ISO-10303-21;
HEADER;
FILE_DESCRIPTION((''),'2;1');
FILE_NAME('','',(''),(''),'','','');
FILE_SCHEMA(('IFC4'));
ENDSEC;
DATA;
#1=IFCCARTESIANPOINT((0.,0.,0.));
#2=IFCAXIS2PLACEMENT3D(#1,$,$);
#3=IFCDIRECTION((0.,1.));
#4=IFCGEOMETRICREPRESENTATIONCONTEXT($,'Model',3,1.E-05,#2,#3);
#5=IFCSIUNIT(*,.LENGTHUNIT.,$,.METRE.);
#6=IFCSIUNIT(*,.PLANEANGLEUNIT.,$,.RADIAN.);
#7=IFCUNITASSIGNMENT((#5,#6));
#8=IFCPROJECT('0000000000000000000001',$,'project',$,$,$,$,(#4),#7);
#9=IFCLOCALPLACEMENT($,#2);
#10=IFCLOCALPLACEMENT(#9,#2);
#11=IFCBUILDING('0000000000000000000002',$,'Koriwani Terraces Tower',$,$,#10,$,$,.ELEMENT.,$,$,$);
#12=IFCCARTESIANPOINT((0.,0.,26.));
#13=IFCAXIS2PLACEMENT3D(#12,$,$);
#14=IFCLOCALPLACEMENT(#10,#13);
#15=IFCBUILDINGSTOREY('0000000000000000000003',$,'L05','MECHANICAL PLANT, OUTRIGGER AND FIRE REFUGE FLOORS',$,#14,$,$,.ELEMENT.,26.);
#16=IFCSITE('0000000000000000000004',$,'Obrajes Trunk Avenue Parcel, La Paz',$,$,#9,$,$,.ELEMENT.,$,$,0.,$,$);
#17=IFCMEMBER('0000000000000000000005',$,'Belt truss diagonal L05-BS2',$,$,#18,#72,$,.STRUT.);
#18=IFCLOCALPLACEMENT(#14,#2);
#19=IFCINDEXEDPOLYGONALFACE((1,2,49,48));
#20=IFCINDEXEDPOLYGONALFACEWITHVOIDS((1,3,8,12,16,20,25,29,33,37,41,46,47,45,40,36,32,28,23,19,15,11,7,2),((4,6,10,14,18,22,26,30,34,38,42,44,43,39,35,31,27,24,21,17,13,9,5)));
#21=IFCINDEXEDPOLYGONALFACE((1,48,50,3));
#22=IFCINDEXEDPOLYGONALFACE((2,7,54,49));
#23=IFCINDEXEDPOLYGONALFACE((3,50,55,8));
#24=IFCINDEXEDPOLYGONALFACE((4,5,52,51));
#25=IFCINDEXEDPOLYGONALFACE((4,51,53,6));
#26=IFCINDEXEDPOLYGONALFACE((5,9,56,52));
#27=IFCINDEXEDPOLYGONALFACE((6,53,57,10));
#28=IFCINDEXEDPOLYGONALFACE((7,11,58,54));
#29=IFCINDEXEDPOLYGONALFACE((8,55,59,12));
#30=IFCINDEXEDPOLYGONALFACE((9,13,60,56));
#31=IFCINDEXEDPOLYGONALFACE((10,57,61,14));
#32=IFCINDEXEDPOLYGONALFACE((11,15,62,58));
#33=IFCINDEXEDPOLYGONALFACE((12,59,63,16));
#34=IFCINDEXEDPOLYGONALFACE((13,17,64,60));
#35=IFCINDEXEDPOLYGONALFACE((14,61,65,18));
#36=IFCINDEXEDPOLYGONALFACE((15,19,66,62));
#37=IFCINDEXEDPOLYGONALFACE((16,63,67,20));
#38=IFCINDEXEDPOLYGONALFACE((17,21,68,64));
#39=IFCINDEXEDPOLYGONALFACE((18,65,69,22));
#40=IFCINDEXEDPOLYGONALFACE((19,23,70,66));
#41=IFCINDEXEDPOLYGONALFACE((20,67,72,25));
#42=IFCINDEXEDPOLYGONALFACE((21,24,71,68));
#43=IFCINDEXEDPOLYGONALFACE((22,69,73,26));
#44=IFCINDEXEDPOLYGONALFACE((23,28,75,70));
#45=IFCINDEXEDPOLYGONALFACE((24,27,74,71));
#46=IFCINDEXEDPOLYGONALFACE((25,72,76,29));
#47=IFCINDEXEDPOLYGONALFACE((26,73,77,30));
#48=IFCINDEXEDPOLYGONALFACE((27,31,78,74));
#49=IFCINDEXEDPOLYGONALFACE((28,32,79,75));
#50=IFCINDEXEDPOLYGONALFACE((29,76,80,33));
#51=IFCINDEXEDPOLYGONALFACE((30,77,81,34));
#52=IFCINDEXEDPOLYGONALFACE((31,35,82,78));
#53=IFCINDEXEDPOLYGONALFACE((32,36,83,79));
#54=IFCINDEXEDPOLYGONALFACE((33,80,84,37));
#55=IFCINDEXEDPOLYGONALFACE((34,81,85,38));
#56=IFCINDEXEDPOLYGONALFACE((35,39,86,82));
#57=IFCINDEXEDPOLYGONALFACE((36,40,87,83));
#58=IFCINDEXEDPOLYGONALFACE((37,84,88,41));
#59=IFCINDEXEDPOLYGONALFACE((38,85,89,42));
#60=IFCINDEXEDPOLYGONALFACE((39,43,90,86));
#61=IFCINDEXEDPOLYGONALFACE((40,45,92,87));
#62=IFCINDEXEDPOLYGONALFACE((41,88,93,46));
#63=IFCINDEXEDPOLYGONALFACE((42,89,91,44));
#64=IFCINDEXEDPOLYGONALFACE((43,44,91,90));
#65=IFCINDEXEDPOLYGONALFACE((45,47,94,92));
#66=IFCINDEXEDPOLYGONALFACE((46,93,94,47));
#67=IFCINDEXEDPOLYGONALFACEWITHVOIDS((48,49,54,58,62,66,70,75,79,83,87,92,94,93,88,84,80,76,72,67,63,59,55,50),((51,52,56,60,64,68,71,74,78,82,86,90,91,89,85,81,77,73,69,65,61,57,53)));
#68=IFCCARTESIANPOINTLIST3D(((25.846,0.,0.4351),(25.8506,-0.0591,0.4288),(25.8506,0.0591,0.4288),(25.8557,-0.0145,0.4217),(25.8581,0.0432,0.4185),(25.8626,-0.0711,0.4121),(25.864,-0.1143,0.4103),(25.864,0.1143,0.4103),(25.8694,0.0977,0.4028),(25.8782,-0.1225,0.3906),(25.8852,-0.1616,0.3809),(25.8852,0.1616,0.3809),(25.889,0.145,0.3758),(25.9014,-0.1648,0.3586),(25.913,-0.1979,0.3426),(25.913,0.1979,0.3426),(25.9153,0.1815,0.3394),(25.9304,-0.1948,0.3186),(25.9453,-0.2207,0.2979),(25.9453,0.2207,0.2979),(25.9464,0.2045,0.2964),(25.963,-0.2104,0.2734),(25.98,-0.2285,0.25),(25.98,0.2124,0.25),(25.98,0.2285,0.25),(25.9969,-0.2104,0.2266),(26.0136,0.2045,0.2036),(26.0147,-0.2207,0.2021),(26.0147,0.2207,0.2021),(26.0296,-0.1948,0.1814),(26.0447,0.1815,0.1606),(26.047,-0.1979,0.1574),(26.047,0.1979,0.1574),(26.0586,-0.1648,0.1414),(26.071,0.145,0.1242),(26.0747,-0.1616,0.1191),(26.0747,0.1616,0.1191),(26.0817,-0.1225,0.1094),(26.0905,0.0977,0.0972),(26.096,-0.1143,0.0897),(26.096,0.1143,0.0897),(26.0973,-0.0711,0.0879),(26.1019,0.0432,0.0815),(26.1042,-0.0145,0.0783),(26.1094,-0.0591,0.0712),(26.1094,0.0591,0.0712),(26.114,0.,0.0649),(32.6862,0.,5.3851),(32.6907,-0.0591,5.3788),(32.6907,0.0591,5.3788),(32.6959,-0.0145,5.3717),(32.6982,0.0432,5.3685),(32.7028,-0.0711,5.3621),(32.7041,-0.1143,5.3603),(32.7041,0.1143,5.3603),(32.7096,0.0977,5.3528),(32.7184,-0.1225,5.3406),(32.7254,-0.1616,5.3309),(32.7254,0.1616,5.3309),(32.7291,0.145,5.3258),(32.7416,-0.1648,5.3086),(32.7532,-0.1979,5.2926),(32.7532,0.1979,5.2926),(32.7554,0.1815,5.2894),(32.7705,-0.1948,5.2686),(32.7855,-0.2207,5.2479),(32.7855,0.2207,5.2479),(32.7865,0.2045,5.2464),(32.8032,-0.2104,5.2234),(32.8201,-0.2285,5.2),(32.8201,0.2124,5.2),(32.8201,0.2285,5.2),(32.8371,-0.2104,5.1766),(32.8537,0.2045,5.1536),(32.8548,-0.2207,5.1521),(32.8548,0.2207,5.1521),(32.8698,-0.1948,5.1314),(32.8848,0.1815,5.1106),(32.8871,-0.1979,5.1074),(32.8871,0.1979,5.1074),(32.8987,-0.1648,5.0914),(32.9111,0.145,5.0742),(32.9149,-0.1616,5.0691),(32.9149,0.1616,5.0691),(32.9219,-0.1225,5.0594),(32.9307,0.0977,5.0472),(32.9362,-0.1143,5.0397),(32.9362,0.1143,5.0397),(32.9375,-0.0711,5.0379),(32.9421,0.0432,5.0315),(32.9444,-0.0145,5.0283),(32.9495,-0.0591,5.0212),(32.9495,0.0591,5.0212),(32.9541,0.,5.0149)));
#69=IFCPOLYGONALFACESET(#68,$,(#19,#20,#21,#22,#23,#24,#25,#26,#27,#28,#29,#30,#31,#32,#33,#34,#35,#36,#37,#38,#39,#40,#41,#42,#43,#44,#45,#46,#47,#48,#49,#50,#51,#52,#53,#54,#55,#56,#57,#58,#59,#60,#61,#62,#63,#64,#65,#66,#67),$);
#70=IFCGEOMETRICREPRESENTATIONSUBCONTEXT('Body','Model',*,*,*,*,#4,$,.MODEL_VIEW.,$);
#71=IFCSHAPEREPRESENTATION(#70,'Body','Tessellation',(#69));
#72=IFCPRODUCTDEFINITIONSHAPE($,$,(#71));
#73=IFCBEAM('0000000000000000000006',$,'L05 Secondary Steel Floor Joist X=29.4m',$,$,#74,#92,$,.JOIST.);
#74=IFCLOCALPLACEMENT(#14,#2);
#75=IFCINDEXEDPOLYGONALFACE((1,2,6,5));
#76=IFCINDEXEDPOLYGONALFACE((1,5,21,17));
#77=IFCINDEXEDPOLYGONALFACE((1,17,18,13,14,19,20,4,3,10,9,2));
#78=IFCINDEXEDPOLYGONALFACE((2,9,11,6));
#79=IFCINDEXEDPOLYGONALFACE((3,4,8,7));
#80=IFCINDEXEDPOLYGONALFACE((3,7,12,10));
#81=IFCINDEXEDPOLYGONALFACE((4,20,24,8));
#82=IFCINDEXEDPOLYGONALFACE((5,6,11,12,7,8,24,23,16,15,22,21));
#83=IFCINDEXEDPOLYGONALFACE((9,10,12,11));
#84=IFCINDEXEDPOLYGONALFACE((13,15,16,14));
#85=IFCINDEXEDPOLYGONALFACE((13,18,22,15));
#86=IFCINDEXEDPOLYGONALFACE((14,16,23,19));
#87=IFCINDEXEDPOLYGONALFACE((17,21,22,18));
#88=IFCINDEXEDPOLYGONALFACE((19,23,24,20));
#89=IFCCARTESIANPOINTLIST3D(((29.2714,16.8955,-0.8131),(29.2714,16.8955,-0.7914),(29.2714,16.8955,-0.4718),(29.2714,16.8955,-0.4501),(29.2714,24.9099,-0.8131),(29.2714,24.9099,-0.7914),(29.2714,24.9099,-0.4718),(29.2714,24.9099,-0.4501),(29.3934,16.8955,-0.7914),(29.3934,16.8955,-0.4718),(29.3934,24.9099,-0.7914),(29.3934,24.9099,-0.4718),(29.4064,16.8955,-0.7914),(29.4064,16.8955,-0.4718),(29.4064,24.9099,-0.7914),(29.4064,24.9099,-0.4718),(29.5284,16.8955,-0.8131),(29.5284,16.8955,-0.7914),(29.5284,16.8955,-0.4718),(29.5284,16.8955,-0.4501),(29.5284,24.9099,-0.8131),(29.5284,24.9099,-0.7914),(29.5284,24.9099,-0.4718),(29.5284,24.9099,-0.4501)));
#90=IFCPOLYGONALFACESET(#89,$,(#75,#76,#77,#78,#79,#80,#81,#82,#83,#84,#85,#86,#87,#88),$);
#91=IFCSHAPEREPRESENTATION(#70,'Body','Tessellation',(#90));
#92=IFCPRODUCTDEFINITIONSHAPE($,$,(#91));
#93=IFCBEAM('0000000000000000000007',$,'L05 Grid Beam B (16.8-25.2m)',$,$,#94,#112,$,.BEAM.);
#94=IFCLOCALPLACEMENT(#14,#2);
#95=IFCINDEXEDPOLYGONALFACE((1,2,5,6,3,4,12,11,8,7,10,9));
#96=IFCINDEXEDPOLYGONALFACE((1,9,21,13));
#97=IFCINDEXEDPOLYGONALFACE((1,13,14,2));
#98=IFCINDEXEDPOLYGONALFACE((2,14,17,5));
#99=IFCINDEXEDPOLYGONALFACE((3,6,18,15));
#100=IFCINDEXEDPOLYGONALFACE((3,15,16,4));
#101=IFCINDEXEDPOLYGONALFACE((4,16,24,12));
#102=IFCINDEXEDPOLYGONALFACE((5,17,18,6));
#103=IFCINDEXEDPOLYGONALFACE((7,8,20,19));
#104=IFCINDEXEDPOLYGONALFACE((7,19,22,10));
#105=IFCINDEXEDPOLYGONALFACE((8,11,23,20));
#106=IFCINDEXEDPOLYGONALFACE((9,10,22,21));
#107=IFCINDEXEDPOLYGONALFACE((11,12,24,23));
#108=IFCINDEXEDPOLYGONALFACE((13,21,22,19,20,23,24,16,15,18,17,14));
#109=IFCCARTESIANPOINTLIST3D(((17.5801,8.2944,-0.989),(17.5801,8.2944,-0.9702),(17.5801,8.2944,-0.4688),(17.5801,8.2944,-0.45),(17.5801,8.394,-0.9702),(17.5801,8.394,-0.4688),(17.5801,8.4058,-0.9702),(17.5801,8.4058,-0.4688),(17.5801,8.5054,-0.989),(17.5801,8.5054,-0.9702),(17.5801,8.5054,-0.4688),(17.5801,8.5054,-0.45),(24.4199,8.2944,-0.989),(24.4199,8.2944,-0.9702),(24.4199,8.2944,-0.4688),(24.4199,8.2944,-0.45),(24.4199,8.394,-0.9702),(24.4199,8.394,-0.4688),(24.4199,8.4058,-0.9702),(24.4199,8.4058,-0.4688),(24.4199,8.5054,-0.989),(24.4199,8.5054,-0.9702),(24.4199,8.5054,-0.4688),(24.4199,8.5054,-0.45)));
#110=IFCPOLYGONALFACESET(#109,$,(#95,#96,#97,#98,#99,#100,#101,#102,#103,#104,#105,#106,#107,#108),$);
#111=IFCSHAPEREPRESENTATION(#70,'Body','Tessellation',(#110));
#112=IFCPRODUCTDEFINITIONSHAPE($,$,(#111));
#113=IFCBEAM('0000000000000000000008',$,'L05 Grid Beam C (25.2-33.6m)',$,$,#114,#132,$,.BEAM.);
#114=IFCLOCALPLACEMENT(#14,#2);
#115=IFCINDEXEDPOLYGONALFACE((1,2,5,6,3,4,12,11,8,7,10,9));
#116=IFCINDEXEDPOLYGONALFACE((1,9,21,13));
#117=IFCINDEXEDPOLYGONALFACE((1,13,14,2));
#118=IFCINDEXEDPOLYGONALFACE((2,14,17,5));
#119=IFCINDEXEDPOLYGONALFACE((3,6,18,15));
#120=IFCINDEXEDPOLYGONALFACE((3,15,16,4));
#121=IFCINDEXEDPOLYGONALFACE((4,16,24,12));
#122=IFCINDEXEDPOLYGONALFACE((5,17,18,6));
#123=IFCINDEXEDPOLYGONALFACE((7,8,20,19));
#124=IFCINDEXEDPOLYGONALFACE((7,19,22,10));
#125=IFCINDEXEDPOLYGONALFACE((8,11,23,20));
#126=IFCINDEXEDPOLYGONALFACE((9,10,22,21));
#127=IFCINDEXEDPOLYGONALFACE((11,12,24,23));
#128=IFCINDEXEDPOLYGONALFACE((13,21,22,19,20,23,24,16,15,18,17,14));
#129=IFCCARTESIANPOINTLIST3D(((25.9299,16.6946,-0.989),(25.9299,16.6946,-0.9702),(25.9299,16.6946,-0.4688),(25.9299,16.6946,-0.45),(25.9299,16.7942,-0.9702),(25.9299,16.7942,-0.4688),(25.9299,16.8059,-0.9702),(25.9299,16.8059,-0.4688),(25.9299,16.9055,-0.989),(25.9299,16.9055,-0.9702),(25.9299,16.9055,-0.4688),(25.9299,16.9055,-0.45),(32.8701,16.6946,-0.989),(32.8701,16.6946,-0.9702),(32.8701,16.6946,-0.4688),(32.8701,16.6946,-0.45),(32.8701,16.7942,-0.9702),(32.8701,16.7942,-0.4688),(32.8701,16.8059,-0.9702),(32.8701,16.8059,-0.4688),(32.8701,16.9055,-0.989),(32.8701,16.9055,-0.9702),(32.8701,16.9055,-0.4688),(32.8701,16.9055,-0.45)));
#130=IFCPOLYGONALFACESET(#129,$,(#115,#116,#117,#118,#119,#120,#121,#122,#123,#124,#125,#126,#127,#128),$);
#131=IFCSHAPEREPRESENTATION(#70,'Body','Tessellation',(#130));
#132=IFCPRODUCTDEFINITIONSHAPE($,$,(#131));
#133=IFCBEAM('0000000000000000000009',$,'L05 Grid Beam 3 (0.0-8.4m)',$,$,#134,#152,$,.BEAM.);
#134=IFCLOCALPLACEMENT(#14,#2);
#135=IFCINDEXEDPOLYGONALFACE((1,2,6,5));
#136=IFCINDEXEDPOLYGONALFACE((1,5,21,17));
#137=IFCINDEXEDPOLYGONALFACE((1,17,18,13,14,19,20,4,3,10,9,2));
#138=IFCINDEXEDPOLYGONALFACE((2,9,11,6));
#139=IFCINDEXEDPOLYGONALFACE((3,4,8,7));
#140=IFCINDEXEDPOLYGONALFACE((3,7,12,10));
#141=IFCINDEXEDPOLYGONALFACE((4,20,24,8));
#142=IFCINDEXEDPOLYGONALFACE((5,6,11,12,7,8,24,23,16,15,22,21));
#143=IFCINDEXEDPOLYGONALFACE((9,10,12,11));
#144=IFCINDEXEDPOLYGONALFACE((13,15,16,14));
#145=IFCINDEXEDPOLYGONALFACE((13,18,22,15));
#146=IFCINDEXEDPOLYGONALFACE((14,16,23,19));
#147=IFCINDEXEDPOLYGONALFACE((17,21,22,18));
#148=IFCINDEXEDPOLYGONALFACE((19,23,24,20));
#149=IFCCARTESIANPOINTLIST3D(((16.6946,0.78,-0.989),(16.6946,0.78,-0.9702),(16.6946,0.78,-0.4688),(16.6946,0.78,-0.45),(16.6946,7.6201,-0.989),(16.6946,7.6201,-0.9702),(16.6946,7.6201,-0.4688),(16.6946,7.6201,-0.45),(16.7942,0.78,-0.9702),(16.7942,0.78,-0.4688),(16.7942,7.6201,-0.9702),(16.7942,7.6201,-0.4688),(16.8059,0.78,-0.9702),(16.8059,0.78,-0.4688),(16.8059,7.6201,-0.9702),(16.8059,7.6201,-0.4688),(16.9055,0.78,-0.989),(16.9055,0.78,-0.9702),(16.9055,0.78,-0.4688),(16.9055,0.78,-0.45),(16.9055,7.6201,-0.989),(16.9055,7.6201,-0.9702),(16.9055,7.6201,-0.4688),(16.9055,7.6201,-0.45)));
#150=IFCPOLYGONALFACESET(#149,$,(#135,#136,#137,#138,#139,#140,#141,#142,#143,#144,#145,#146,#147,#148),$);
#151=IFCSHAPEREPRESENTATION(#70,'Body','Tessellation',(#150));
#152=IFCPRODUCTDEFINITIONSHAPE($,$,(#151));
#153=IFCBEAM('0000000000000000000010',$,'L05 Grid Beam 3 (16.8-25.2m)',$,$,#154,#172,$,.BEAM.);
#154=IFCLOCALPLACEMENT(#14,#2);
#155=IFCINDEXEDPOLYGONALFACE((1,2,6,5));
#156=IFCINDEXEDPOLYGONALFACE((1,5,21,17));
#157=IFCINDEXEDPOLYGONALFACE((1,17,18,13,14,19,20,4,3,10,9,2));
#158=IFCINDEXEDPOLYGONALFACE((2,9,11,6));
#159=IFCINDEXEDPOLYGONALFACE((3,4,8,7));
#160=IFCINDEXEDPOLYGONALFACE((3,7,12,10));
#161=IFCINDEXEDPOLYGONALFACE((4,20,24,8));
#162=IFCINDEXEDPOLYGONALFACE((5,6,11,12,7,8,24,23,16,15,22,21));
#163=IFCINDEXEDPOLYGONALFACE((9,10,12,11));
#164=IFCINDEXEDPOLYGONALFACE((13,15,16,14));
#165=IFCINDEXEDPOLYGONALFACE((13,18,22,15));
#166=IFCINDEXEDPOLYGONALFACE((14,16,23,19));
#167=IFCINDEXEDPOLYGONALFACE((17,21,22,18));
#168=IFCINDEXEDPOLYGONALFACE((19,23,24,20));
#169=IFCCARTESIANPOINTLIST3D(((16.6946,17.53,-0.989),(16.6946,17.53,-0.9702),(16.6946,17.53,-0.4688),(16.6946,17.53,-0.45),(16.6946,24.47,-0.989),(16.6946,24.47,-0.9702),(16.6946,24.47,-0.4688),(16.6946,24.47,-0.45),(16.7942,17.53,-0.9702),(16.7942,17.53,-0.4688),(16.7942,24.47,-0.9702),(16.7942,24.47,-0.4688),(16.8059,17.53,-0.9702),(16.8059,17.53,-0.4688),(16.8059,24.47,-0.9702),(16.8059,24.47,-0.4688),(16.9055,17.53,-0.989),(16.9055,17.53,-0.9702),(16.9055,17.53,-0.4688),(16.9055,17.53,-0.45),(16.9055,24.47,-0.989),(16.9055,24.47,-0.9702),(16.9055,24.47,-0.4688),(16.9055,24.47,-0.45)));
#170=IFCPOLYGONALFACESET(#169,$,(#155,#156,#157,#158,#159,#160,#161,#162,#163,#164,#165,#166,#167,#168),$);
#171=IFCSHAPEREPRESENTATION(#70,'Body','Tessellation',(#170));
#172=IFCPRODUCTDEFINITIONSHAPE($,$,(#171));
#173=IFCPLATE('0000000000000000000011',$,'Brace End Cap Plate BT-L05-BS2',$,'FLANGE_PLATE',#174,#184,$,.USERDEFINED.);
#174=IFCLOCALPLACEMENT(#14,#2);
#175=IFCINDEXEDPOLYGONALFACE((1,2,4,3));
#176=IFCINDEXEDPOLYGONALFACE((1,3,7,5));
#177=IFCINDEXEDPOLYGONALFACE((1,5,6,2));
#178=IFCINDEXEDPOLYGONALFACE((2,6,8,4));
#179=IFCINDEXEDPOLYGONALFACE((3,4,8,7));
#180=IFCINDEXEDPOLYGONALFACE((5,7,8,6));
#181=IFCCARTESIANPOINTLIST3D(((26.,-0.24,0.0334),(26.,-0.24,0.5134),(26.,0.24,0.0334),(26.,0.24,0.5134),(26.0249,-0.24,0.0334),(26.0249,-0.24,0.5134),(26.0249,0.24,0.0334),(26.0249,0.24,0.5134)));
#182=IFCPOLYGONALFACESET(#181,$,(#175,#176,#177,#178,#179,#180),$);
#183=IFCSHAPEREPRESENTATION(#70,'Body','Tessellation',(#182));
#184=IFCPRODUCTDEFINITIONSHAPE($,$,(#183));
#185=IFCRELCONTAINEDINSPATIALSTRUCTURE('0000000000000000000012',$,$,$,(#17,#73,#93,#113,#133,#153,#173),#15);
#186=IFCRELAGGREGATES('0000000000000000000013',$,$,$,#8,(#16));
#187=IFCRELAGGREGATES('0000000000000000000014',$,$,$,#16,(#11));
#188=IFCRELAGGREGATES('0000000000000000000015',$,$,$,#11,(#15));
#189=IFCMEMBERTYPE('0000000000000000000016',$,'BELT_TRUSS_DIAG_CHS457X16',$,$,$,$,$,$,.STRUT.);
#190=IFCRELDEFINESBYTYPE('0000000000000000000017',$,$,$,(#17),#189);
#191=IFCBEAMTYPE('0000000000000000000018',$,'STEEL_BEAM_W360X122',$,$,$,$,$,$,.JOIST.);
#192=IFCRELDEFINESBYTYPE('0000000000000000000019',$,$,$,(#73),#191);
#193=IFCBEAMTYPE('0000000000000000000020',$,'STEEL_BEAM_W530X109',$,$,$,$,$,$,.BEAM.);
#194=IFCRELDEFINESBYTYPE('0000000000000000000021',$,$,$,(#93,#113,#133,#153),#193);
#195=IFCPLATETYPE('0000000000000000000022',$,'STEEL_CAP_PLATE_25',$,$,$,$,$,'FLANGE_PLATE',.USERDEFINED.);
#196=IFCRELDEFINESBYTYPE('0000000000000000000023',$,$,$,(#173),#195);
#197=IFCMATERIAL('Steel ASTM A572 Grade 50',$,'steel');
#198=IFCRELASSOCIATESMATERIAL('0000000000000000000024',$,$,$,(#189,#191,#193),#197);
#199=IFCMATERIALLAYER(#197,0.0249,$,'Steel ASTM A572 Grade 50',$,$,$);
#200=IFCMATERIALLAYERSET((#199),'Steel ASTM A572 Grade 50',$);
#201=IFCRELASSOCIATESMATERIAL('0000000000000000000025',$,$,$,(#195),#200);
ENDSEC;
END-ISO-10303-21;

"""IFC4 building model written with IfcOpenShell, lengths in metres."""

from ifc_helpers import new_model, si_unit, direction, frame, origin, origin_2d, place, context, subcontext, project, spatial, rectangle, hollow_circle, i_section, extrude, material, layer, layer_set, material_profile, profile_set, type_object, element, save


model = new_model("IFC4")

# Units and contexts
model_context = context("Model", 3, precision=1e-05, world=origin(), true_north=direction((0.0, 1.0)))
body_context = subcontext(model_context, "Body", "Model", "MODEL_VIEW")
ifc_project = project(units=[si_unit("LENGTHUNIT", "METRE"), si_unit("PLANEANGLEUNIT", "RADIAN")], contexts=[model_context])

# Site, building, storey
site_placement = place(None, origin())
site = spatial("IfcSite", under=ifc_project, at=site_placement, Name="Obrajes Trunk Avenue Parcel, La Paz", CompositionType="ELEMENT", RefElevation=0.0)
building_placement = place(site_placement, origin())
building = spatial("IfcBuilding", under=site, at=building_placement, Name="Koriwani Terraces Tower", CompositionType="ELEMENT")
storey_placement = place(building_placement, frame((0.0, 0.0, 26.0)))
storey = spatial("IfcBuildingStorey", under=building, at=storey_placement, Name="L05", Description="MECHANICAL PLANT, OUTRIGGER AND FIRE REFUGE FLOORS", CompositionType="ELEMENT", Elevation=26.0)

# Member
ifc_material_1 = material(Name="Steel ASTM A572 Grade 50", Category="steel")
ifc_material_profile_1 = material_profile(ifc_material_1, hollow_circle(Radius=0.2285, WallThickness=0.0161, at=origin_2d()), Name="Steel ASTM A572 Grade 50", Category="LoadBearing")
ifc_profile_set_1 = profile_set([ifc_material_profile_1], Name="Steel ASTM A572 Grade 50")
member_type = type_object("IfcMemberType", Name="BELT_TRUSS_DIAG_CHS457X16", PredefinedType="STRUT", material=ifc_profile_set_1)
member_placement = place(storey_placement, frame((25.98, 0.0, 0.25), z_axis=(0.810123, 0.0, 0.58626), x_axis=(0.0, 1.0, 0.0)))
element("IfcMember", 1, at=member_placement, inside=storey, type_object=member_type, Name="Belt truss diagonal L05-BS2", PredefinedType="STRUT", context=body_context, shape_type="SweptSolid", body=[
    extrude(hollow_circle(Radius=0.2285, WallThickness=0.0161, at=origin_2d()), origin(), (0.0, 0.0, 1.0), 8.4434),
])

# Beams
ifc_material_profile_2 = material_profile(ifc_material_1, i_section(OverallWidth=0.2571, OverallDepth=0.363, WebThickness=0.0129, FlangeThickness=0.0217, at=origin_2d()), Name="Steel ASTM A572 Grade 50", Category="LoadBearing")
ifc_profile_set_2 = profile_set([ifc_material_profile_2], Name="Steel ASTM A572 Grade 50")
beam_type_1 = type_object("IfcBeamType", Name="STEEL_BEAM_W360X122", PredefinedType="JOIST", material=ifc_profile_set_2)
beam_1_placement = place(storey_placement, frame((29.3999, 16.8955, -0.6316), z_axis=(0.0, 1.0, 0.0), x_axis=(-1.0, 0.0, 0.0)))
element("IfcBeam", 2, at=beam_1_placement, inside=storey, type_object=beam_type_1, Name="L05 Secondary Steel Floor Joist X=29.4m", PredefinedType="JOIST", context=body_context, shape_type="SweptSolid", body=[
    extrude(i_section(OverallWidth=0.2571, OverallDepth=0.363, WebThickness=0.0129, FlangeThickness=0.0217, at=origin_2d()), origin(), (0.0, 0.0, 1.0), 8.0144),
])
ifc_material_profile_3 = material_profile(ifc_material_1, i_section(OverallWidth=0.2109, OverallDepth=0.5391, WebThickness=0.0117, FlangeThickness=0.0188, at=origin_2d()), Name="Steel ASTM A572 Grade 50", Category="LoadBearing")
ifc_profile_set_3 = profile_set([ifc_material_profile_3], Name="Steel ASTM A572 Grade 50")
beam_type_2 = type_object("IfcBeamType", Name="STEEL_BEAM_W530X109", PredefinedType="BEAM", material=ifc_profile_set_3)
beam_2_placement = place(storey_placement, frame((17.5801, 8.3999, -0.7195), z_axis=(1.0, 0.0, 0.0), x_axis=(0.0, 1.0, 0.0)))
element("IfcBeam", 3, at=beam_2_placement, inside=storey, type_object=beam_type_2, Name="L05 Grid Beam B (16.8-25.2m)", PredefinedType="BEAM", context=body_context, shape_type="SweptSolid", body=[
    extrude(i_section(OverallWidth=0.2109, OverallDepth=0.5391, WebThickness=0.0117, FlangeThickness=0.0188, at=origin_2d()), origin(), (0.0, 0.0, 1.0), 6.8398),
])
beam_3_placement = place(storey_placement, frame((25.9299, 16.8, -0.7195), z_axis=(1.0, 0.0, 0.0), x_axis=(0.0, 1.0, 0.0)))
element("IfcBeam", 4, at=beam_3_placement, inside=storey, type_object=beam_type_2, Name="L05 Grid Beam C (25.2-33.6m)", PredefinedType="BEAM", context=body_context, shape_type="SweptSolid", body=[
    extrude(i_section(OverallWidth=0.2109, OverallDepth=0.5391, WebThickness=0.0117, FlangeThickness=0.0188, at=origin_2d()), origin(), (0.0, 0.0, 1.0), 6.9402),
])
beam_4_placement = place(storey_placement, frame((16.8, 0.78, -0.7195), z_axis=(0.0, 1.0, 0.0), x_axis=(-1.0, 0.0, 0.0)))
element("IfcBeam", 5, at=beam_4_placement, inside=storey, type_object=beam_type_2, Name="L05 Grid Beam 3 (0.0-8.4m)", PredefinedType="BEAM", context=body_context, shape_type="SweptSolid", body=[
    extrude(i_section(OverallWidth=0.2109, OverallDepth=0.5391, WebThickness=0.0117, FlangeThickness=0.0188, at=origin_2d()), origin(), (0.0, 0.0, 1.0), 6.8401),
])
beam_5_placement = place(storey_placement, frame((16.8, 17.53, -0.7195), z_axis=(0.0, 1.0, 0.0), x_axis=(-1.0, 0.0, 0.0)))
element("IfcBeam", 6, at=beam_5_placement, inside=storey, type_object=beam_type_2, Name="L05 Grid Beam 3 (16.8-25.2m)", PredefinedType="BEAM", context=body_context, shape_type="SweptSolid", body=[
    extrude(i_section(OverallWidth=0.2109, OverallDepth=0.5391, WebThickness=0.0117, FlangeThickness=0.0188, at=origin_2d()), origin(), (0.0, 0.0, 1.0), 6.9399),
])

# Plate
ifc_layer_1 = layer(ifc_material_1, 0.0249, Name="Steel ASTM A572 Grade 50")
ifc_layer_set_1 = layer_set([ifc_layer_1], Name="Steel ASTM A572 Grade 50")
plate_type_1 = type_object("IfcPlateType", Name="STEEL_CAP_PLATE_25", ElementType="FLANGE_PLATE", PredefinedType="USERDEFINED", material=ifc_layer_set_1)
plate_placement = place(storey_placement, frame((26.0125, 0.0, 0.0334), z_axis=(0.0, 0.0, 1.0), x_axis=(1.0, 0.0, 0.0)))
element("IfcPlate", 7, at=plate_placement, inside=storey, type_object=plate_type_1, Name="Brace End Cap Plate BT-L05-BS2", ObjectType="FLANGE_PLATE", PredefinedType="USERDEFINED", context=body_context, shape_type="SweptSolid", body=[
    extrude(rectangle(XDim=0.0249, YDim=0.48, at=origin_2d()), origin(), (0.0, 0.0, 1.0), 0.48),
])

save(model, "model.ifc")
